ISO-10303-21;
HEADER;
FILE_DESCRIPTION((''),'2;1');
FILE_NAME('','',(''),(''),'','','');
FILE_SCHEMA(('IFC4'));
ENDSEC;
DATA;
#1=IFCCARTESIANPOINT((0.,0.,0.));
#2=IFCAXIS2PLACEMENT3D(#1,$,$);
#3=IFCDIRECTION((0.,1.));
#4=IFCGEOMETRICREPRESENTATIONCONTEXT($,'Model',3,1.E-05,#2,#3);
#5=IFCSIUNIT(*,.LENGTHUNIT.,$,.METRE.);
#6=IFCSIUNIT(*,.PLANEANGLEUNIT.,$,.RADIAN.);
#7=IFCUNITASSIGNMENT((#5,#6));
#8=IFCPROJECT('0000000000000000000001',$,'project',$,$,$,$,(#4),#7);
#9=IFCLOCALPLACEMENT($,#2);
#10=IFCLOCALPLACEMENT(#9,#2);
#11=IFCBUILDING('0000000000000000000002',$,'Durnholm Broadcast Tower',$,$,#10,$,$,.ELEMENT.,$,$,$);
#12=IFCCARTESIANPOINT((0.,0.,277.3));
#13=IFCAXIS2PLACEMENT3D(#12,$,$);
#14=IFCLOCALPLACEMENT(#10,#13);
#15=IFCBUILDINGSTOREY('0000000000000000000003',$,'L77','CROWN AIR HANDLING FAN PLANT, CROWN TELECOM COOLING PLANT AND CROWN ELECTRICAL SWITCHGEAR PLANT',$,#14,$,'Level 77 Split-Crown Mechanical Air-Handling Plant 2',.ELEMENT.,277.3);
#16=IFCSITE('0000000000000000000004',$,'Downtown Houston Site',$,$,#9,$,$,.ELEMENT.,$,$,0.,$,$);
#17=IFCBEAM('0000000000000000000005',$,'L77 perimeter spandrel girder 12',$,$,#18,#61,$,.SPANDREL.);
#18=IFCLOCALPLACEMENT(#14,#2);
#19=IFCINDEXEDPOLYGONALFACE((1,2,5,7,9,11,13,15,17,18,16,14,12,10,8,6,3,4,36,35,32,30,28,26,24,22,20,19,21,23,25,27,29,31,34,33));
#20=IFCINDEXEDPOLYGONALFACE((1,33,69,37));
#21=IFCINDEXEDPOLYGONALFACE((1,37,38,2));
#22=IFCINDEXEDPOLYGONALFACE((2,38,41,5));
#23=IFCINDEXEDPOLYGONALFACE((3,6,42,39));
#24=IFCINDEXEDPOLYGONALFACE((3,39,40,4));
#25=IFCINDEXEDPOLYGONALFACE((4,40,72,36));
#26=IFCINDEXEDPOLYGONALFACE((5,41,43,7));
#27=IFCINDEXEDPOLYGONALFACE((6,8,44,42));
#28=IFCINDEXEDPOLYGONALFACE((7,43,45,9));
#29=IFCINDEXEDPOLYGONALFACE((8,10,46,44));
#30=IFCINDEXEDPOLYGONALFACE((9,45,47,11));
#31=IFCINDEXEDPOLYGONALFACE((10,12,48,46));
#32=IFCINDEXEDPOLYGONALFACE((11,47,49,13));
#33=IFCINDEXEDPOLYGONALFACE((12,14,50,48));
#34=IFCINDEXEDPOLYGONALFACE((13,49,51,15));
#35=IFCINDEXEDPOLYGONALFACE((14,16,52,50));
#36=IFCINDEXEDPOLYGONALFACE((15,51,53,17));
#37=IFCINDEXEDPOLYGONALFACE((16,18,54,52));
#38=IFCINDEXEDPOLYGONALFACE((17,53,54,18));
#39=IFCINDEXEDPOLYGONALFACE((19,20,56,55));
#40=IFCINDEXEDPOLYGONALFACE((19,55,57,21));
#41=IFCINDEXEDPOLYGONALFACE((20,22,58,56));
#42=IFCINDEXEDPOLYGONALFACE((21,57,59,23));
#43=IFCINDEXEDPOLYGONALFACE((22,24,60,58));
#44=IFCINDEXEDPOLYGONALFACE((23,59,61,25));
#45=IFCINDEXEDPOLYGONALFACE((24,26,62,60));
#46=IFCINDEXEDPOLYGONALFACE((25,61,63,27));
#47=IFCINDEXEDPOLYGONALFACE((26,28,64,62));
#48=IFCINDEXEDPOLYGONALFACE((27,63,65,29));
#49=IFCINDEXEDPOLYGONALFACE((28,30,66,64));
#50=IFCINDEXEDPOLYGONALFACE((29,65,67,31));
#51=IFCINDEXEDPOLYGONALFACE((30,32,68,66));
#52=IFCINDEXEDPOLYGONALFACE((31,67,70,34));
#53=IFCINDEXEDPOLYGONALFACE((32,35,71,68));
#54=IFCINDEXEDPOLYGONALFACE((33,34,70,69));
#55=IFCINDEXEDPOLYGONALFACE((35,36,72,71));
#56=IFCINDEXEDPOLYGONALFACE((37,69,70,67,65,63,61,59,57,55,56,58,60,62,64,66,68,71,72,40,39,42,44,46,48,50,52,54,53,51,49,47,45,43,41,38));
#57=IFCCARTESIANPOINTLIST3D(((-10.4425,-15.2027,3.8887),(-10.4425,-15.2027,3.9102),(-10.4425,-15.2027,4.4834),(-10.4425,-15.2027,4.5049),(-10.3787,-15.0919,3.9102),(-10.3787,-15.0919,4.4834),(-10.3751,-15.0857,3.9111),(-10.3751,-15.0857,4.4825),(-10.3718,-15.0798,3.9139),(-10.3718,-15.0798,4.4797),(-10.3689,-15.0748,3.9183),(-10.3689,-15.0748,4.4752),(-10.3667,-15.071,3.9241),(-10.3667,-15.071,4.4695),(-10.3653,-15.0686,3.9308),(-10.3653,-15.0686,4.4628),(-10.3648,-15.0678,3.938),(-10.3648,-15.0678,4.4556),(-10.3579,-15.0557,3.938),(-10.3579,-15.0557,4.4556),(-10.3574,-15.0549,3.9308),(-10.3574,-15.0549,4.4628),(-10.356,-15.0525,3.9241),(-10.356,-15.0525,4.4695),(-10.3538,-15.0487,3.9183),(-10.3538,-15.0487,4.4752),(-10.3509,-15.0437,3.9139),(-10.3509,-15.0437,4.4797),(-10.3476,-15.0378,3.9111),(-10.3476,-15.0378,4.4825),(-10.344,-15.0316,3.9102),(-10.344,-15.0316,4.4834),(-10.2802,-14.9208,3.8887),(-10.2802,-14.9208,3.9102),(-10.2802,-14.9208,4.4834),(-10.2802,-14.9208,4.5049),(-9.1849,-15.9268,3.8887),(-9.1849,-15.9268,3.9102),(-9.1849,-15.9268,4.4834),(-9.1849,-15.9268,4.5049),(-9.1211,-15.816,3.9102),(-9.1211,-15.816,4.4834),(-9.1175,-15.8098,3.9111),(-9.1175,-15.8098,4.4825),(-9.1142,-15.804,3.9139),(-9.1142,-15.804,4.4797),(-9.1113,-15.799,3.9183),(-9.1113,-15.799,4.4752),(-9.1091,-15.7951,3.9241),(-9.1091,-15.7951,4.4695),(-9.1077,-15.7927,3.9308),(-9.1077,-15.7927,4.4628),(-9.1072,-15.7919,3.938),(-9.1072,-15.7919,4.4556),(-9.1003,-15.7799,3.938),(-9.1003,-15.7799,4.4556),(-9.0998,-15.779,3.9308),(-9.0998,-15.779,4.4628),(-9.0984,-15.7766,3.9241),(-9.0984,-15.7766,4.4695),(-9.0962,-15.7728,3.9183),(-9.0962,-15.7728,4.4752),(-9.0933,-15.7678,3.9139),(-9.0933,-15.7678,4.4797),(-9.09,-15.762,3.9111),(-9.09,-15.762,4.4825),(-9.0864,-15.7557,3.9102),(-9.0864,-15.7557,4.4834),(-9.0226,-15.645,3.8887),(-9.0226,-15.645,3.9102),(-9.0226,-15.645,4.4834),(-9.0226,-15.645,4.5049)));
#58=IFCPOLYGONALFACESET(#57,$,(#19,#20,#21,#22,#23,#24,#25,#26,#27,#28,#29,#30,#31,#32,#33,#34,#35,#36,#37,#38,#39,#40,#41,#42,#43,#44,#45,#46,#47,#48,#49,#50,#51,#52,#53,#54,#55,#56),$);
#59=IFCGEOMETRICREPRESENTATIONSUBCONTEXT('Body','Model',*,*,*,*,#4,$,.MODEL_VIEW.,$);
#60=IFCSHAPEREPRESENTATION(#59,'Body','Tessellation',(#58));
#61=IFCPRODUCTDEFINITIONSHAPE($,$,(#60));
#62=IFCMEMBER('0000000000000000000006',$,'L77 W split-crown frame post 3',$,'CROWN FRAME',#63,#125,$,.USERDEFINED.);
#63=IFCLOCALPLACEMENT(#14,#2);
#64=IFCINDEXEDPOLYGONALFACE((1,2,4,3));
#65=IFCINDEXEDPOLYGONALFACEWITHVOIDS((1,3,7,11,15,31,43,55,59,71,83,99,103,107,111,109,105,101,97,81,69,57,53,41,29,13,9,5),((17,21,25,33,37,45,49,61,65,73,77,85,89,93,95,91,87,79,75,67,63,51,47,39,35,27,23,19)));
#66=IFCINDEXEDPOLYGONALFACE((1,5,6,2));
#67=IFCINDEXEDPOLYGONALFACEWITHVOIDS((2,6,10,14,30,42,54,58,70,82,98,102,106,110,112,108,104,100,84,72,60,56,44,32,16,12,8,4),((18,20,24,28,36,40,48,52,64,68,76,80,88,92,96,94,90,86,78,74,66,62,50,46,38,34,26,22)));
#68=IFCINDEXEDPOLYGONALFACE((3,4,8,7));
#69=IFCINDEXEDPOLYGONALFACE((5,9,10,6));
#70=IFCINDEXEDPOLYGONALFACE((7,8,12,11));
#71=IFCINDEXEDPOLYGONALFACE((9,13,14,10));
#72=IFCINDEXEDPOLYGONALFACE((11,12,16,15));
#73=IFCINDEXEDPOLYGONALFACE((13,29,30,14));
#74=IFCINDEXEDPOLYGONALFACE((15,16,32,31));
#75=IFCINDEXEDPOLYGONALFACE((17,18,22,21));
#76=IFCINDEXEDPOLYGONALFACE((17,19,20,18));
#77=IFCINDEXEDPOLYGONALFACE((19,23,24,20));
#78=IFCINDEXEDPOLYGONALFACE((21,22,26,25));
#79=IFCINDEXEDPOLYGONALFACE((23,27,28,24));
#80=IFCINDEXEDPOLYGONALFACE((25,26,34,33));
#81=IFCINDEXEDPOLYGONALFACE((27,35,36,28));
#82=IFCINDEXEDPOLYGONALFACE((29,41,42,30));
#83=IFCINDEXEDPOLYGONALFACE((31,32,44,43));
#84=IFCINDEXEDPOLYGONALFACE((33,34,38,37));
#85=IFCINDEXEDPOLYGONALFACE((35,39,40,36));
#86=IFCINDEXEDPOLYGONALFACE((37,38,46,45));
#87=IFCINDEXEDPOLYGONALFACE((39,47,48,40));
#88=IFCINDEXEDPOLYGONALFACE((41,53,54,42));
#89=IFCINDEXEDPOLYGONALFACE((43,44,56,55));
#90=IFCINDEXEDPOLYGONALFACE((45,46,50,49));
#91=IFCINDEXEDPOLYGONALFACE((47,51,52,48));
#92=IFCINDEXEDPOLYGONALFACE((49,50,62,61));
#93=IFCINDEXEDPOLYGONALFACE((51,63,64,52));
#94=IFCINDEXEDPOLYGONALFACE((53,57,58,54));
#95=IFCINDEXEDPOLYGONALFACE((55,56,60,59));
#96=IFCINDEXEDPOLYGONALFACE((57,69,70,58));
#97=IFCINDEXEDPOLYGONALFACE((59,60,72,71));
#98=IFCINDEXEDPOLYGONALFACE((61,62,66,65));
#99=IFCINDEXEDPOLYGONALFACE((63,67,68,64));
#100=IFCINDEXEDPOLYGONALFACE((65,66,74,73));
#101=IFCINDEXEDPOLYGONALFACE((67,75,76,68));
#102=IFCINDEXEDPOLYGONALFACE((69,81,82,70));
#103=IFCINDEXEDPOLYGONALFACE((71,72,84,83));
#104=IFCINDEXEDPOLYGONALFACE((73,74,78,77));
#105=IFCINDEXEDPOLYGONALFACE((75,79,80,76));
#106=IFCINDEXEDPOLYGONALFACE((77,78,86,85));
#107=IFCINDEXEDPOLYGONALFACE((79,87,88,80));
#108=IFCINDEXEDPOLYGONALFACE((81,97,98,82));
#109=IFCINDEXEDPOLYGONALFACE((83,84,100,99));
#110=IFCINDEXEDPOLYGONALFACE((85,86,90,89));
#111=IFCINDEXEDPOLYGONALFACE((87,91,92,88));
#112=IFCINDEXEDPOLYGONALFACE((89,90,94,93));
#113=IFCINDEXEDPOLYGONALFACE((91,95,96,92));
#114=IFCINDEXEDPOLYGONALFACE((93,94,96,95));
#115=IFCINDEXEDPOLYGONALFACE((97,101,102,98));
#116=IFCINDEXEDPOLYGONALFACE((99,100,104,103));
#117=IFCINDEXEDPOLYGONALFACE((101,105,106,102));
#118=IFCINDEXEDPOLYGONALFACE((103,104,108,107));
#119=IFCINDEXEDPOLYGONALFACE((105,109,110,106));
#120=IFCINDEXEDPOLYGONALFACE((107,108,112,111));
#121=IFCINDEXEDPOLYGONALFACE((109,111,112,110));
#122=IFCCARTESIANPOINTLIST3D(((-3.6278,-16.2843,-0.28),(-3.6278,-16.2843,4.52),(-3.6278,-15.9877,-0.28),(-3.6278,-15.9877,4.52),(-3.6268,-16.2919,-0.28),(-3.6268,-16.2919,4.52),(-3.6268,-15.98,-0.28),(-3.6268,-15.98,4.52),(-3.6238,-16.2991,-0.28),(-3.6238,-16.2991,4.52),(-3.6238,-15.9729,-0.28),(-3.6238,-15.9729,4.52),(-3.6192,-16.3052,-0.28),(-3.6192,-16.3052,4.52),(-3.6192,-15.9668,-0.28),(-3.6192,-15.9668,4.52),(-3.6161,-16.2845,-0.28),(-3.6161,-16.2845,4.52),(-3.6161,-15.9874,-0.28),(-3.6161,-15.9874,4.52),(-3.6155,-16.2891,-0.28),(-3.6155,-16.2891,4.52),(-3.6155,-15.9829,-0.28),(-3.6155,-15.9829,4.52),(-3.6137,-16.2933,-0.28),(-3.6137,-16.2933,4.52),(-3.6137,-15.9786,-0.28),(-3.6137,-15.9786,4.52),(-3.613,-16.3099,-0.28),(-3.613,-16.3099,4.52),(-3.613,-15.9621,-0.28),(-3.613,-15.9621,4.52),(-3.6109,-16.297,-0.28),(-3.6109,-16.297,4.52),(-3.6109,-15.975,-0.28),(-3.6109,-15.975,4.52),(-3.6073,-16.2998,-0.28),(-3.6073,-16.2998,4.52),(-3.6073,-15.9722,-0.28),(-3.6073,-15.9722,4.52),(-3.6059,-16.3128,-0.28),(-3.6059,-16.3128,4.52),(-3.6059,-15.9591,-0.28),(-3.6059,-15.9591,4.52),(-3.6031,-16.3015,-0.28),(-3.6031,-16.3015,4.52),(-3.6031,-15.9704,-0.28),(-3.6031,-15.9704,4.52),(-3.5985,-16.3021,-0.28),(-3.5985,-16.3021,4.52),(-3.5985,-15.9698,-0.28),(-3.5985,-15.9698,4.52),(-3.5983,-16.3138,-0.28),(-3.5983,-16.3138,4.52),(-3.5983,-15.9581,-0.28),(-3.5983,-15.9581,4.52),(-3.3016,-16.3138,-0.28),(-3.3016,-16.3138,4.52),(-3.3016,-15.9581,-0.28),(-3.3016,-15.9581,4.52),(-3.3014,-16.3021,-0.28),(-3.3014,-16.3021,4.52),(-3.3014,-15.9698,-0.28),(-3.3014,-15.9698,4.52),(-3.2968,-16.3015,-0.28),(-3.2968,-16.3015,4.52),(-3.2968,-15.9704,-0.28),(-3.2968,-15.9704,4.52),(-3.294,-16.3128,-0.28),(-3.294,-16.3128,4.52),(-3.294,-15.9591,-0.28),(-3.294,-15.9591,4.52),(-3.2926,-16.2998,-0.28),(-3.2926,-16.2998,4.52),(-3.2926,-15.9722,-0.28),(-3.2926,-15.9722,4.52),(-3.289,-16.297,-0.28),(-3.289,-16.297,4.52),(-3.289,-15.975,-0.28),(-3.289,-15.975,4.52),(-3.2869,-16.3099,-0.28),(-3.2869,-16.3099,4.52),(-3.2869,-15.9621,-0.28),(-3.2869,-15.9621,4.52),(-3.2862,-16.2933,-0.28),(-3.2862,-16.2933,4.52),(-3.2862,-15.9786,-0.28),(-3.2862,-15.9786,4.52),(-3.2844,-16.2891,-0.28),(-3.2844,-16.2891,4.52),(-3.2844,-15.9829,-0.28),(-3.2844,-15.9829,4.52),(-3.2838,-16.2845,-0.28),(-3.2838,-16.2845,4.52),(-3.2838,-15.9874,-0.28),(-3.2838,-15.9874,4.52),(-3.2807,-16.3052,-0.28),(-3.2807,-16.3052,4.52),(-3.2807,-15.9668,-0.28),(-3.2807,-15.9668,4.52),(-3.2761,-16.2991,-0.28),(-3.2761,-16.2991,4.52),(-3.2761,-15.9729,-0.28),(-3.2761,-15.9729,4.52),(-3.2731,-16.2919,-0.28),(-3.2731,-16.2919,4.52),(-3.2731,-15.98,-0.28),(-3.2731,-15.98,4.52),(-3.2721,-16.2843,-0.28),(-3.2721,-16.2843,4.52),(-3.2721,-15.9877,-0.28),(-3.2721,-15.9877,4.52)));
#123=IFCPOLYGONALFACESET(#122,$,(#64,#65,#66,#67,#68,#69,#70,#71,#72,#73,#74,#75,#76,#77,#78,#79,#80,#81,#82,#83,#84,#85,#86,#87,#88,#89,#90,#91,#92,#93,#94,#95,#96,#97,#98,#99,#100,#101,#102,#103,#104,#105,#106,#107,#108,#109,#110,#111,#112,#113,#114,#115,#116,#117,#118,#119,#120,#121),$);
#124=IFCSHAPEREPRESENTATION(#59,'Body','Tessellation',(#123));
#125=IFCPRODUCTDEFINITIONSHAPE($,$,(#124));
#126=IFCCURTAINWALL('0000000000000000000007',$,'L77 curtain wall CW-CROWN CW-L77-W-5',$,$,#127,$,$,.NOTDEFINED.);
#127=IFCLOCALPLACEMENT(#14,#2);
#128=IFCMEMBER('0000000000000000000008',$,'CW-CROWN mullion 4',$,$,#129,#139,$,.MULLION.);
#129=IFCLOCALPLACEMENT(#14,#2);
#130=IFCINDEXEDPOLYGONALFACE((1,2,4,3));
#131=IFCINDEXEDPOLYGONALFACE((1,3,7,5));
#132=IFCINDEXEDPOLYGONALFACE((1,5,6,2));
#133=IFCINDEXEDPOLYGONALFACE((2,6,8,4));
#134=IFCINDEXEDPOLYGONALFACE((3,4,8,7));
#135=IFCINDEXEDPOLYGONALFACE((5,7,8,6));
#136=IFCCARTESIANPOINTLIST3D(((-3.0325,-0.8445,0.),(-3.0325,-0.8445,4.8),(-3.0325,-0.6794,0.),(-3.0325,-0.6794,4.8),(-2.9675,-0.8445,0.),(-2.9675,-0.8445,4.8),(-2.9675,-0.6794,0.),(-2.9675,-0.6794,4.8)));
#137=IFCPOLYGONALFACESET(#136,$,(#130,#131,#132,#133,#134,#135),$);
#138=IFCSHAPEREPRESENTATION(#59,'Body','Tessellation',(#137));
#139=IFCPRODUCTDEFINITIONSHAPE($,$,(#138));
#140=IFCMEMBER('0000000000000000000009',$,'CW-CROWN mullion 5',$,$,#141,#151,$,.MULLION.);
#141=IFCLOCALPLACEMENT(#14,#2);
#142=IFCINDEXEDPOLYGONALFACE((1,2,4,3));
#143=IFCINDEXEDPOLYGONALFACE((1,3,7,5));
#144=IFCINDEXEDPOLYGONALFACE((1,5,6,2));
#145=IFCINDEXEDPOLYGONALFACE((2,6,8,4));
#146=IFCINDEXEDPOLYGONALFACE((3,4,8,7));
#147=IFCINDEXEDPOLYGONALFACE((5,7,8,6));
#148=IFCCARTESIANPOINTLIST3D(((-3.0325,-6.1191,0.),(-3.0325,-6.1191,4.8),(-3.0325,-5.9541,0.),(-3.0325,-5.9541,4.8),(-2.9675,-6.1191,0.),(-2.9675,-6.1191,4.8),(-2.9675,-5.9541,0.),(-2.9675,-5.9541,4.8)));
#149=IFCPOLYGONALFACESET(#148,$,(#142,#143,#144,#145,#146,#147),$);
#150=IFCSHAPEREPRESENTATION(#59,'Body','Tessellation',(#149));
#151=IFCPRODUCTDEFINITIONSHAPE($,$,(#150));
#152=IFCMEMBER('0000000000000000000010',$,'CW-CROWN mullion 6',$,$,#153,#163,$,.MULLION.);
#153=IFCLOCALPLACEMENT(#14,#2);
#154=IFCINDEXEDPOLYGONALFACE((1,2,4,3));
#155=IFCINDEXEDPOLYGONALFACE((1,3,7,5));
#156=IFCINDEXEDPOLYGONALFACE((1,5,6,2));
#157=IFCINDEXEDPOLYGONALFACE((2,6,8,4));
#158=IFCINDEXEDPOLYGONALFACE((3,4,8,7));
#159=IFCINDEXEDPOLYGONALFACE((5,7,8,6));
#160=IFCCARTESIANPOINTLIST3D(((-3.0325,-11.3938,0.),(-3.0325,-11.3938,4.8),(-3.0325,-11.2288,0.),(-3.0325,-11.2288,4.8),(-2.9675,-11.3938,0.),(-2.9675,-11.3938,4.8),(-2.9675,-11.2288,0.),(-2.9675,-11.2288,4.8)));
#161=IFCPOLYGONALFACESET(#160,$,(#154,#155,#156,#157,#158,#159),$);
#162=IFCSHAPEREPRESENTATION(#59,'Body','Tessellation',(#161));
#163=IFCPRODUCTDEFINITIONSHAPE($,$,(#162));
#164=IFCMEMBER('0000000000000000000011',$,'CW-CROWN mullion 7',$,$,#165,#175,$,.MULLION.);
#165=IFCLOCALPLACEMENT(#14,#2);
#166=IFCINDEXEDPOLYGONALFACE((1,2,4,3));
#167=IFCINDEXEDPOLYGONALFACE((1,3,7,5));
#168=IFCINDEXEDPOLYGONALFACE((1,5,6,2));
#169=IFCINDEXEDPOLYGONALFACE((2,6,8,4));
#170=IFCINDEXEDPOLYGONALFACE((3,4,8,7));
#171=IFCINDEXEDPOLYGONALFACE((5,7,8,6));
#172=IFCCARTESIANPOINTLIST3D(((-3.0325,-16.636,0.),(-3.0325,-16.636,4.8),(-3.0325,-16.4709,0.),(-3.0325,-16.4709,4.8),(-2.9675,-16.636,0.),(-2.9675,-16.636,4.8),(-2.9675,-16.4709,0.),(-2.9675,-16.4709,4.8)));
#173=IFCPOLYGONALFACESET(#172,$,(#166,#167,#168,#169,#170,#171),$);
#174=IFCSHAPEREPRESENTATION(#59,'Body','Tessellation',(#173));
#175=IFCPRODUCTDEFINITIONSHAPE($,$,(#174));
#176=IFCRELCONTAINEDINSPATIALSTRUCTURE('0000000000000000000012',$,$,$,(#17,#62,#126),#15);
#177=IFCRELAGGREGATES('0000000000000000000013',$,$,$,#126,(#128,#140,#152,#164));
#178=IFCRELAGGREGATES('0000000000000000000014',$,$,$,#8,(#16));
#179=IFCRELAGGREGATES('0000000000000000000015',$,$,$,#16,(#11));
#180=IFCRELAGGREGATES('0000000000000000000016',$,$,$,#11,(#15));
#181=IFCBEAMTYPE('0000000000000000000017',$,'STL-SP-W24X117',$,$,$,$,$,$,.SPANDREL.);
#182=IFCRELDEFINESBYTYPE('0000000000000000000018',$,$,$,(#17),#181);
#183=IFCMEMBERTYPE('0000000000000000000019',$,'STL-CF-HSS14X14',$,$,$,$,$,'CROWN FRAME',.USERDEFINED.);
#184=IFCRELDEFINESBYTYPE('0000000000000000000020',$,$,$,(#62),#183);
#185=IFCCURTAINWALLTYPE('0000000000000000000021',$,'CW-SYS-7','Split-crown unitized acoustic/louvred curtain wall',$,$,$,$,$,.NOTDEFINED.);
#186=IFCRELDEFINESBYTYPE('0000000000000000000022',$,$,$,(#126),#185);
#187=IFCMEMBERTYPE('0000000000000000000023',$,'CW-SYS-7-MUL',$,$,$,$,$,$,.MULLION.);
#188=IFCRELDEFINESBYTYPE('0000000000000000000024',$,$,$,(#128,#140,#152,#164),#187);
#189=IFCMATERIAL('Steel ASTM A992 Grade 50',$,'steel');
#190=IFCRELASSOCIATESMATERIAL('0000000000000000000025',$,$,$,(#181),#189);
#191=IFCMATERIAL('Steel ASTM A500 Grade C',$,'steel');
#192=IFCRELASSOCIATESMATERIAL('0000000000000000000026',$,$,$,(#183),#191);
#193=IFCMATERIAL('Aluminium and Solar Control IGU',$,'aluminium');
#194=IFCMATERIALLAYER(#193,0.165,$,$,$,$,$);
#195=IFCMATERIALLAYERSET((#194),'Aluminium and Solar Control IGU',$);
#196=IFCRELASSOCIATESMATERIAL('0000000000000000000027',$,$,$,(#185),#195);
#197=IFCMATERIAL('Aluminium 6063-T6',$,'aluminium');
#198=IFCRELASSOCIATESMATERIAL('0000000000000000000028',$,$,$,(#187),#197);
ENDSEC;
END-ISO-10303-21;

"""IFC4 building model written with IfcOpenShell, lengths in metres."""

from ifc_helpers import new_model, si_unit, direction, frame, origin, origin_2d, place, context, subcontext, project, spatial, rectangle, hollow_rectangle, i_section, extrude, source, transform, mapped, material, layer, layer_set, material_profile, profile_set, type_object, type_shapes, element, aggregate, save


model = new_model("IFC4")

# Units and contexts
model_context = context("Model", 3, precision=1e-05, world=origin(), true_north=direction((0.0, 1.0)))
body_context = subcontext(model_context, "Body", "Model", "MODEL_VIEW")
ifc_project = project(units=[si_unit("LENGTHUNIT", "METRE"), si_unit("PLANEANGLEUNIT", "RADIAN")], contexts=[model_context])

# Site, building, storey
site_placement = place(None, origin())
site = spatial("IfcSite", under=ifc_project, at=site_placement, Name="Downtown Houston Site", CompositionType="ELEMENT", RefElevation=0.0)
building_placement = place(site_placement, origin())
building = spatial("IfcBuilding", under=site, at=building_placement, Name="Durnholm Broadcast Tower", CompositionType="ELEMENT")
storey_placement = place(building_placement, frame((0.0, 0.0, 277.3)))
storey = spatial("IfcBuildingStorey", under=building, at=storey_placement, Name="L77", Description="CROWN AIR HANDLING FAN PLANT, CROWN TELECOM COOLING PLANT AND CROWN ELECTRICAL SWITCHGEAR PLANT", LongName="Level 77 Split-Crown Mechanical Air-Handling Plant 2", CompositionType="ELEMENT", Elevation=277.3)

# Beam
ifc_material_1 = material(Name="Steel ASTM A992 Grade 50", Category="steel")
ifc_material_profile_1 = material_profile(ifc_material_1, i_section(OverallWidth=0.3252, OverallDepth=0.6162, WebThickness=0.0139, FlangeThickness=0.0215, FilletRadius=0.0278, at=origin_2d()), Name="W24X117")
ifc_profile_set_1 = profile_set([ifc_material_profile_1], Name="Steel ASTM A992 Grade 50")
beam_type = type_object("IfcBeamType", Name="STL-SP-W24X117", PredefinedType="SPANDREL", material=ifc_profile_set_1)
shared_shape_1 = source(origin(), body_context, "Body", "SweptSolid", [
    extrude(i_section(OverallWidth=0.3252, OverallDepth=0.6162, WebThickness=0.0139, FlangeThickness=0.0215, FilletRadius=0.0278, at=origin_2d()), origin(), (0.0, 0.0, 1.0), 1.4512),
])
type_shapes(beam_type, [shared_shape_1])
beam_placement = place(storey_placement, frame((-9.1038, -15.7859, 4.1968), z_axis=(-0.866603, 0.498999, 0.0), x_axis=(-0.498999, -0.866603, 0.0)))
element("IfcBeam", 1, at=beam_placement, inside=storey, type_object=beam_type, Name="L77 perimeter spandrel girder 12", PredefinedType="SPANDREL", context=body_context, shape_type="MappedRepresentation", body=[
    mapped(shared_shape_1, transform((0.0, 0.0, 0.0), x_axis=(1.0, 0.0, 0.0), y_axis=(0.0, 1.0, 0.0), z_axis=(0.0, 0.0, 1.0), scale=1.0)),
])

# Member
ifc_material_2 = material(Name="Steel ASTM A500 Grade C", Category="steel")
ifc_material_profile_2 = material_profile(ifc_material_2, hollow_rectangle(XDim=0.3557, YDim=0.3557, WallThickness=0.0117, InnerFilletRadius=0.0176, OuterFilletRadius=0.0295, at=origin_2d()), Name="HSS14X14X1/2")
ifc_profile_set_2 = profile_set([ifc_material_profile_2], Name="Steel ASTM A500 Grade C")
member_type_1 = type_object("IfcMemberType", Name="STL-CF-HSS14X14", ElementType="CROWN FRAME", PredefinedType="USERDEFINED", material=ifc_profile_set_2)
shared_shape_2 = source(origin(), body_context, "Body", "SweptSolid", [
    extrude(hollow_rectangle(XDim=0.3557, YDim=0.3557, WallThickness=0.0117, InnerFilletRadius=0.0176, OuterFilletRadius=0.0295, at=origin_2d()), origin(), (0.0, 0.0, 1.0), 4.8),
])
type_shapes(member_type_1, [shared_shape_2])
member_1_placement = place(storey_placement, frame((-3.45, -16.136, -0.28), z_axis=(0.0, 0.0, 1.0), x_axis=(1.0, 0.0, 0.0)))
element("IfcMember", 2, at=member_1_placement, inside=storey, type_object=member_type_1, Name="L77 W split-crown frame post 3", ObjectType="CROWN FRAME", PredefinedType="USERDEFINED", context=body_context, shape_type="MappedRepresentation", body=[
    mapped(shared_shape_2, transform((0.0, 0.0, 0.0), x_axis=(1.0, 0.0, 0.0), y_axis=(0.0, 1.0, 0.0), z_axis=(0.0, 0.0, 1.0), scale=1.0)),
])

# Curtain wall, members
ifc_material_3 = material(Name="Aluminium and Solar Control IGU", Category="aluminium")
ifc_layer_1 = layer(ifc_material_3, 0.165)
ifc_layer_set_1 = layer_set([ifc_layer_1], Name="Aluminium and Solar Control IGU")
curtain_wall_type = type_object("IfcCurtainWallType", Name="CW-SYS-7", Description="Split-crown unitized acoustic/louvred curtain wall", PredefinedType="NOTDEFINED", material=ifc_layer_set_1)
curtain_wall_placement = place(storey_placement, origin())
curtain_wall = element("IfcCurtainWall", 3, at=curtain_wall_placement, inside=storey, type_object=curtain_wall_type, Name="L77 curtain wall CW-CROWN CW-L77-W-5", PredefinedType="NOTDEFINED")
ifc_material_4 = material(Name="Aluminium 6063-T6", Category="aluminium")
ifc_material_profile_3 = material_profile(ifc_material_4, rectangle(XDim=0.0649, YDim=0.165, at=origin_2d()), Name="CWM65X165")
ifc_profile_set_3 = profile_set([ifc_material_profile_3], Name="Aluminium 6063-T6")
member_type_2 = type_object("IfcMemberType", Name="CW-SYS-7-MUL", PredefinedType="MULLION", material=ifc_profile_set_3)
shared_shape_3 = source(origin(), body_context, "Body", "SweptSolid", [
    extrude(rectangle(XDim=0.0649, YDim=0.165, at=origin_2d()), origin(), (0.0, 0.0, 1.0), 4.8),
])
type_shapes(member_type_2, [shared_shape_3])
member_2_placement = place(storey_placement, frame((-3.0, -0.762, 0.0), z_axis=(0.0, 0.0, 1.0), x_axis=(1.0, 0.0, 0.0)))
member_2 = element("IfcMember", 4, at=member_2_placement, type_object=member_type_2, Name="CW-CROWN mullion 4", PredefinedType="MULLION", context=body_context, shape_type="MappedRepresentation", body=[
    mapped(shared_shape_3, transform((0.0, 0.0, 0.0), x_axis=(1.0, 0.0, 0.0), y_axis=(0.0, 1.0, 0.0), z_axis=(0.0, 0.0, 1.0), scale=1.0)),
])
member_3_placement = place(storey_placement, frame((-3.0, -6.0366, 0.0), z_axis=(0.0, 0.0, 1.0), x_axis=(1.0, 0.0, 0.0)))
member_3 = element("IfcMember", 5, at=member_3_placement, type_object=member_type_2, Name="CW-CROWN mullion 5", PredefinedType="MULLION", context=body_context, shape_type="MappedRepresentation", body=[
    mapped(shared_shape_3, transform((0.0, 0.0, 0.0), x_axis=(1.0, 0.0, 0.0), y_axis=(0.0, 1.0, 0.0), z_axis=(0.0, 0.0, 1.0), scale=1.0)),
])
member_4_placement = place(storey_placement, frame((-3.0, -11.3113, 0.0), z_axis=(0.0, 0.0, 1.0), x_axis=(1.0, 0.0, 0.0)))
member_4 = element("IfcMember", 6, at=member_4_placement, type_object=member_type_2, Name="CW-CROWN mullion 6", PredefinedType="MULLION", context=body_context, shape_type="MappedRepresentation", body=[
    mapped(shared_shape_3, transform((0.0, 0.0, 0.0), x_axis=(1.0, 0.0, 0.0), y_axis=(0.0, 1.0, 0.0), z_axis=(0.0, 0.0, 1.0), scale=1.0)),
])
member_5_placement = place(storey_placement, frame((-3.0, -16.5535, 0.0), z_axis=(0.0, 0.0, 1.0), x_axis=(1.0, 0.0, 0.0)))
member_5 = element("IfcMember", 7, at=member_5_placement, type_object=member_type_2, Name="CW-CROWN mullion 7", PredefinedType="MULLION", context=body_context, shape_type="MappedRepresentation", body=[
    mapped(shared_shape_3, transform((0.0, 0.0, 0.0), x_axis=(1.0, 0.0, 0.0), y_axis=(0.0, 1.0, 0.0), z_axis=(0.0, 0.0, 1.0), scale=1.0)),
])

aggregate(curtain_wall, [member_2, member_3, member_4, member_5])

save(model, "model.ifc")
